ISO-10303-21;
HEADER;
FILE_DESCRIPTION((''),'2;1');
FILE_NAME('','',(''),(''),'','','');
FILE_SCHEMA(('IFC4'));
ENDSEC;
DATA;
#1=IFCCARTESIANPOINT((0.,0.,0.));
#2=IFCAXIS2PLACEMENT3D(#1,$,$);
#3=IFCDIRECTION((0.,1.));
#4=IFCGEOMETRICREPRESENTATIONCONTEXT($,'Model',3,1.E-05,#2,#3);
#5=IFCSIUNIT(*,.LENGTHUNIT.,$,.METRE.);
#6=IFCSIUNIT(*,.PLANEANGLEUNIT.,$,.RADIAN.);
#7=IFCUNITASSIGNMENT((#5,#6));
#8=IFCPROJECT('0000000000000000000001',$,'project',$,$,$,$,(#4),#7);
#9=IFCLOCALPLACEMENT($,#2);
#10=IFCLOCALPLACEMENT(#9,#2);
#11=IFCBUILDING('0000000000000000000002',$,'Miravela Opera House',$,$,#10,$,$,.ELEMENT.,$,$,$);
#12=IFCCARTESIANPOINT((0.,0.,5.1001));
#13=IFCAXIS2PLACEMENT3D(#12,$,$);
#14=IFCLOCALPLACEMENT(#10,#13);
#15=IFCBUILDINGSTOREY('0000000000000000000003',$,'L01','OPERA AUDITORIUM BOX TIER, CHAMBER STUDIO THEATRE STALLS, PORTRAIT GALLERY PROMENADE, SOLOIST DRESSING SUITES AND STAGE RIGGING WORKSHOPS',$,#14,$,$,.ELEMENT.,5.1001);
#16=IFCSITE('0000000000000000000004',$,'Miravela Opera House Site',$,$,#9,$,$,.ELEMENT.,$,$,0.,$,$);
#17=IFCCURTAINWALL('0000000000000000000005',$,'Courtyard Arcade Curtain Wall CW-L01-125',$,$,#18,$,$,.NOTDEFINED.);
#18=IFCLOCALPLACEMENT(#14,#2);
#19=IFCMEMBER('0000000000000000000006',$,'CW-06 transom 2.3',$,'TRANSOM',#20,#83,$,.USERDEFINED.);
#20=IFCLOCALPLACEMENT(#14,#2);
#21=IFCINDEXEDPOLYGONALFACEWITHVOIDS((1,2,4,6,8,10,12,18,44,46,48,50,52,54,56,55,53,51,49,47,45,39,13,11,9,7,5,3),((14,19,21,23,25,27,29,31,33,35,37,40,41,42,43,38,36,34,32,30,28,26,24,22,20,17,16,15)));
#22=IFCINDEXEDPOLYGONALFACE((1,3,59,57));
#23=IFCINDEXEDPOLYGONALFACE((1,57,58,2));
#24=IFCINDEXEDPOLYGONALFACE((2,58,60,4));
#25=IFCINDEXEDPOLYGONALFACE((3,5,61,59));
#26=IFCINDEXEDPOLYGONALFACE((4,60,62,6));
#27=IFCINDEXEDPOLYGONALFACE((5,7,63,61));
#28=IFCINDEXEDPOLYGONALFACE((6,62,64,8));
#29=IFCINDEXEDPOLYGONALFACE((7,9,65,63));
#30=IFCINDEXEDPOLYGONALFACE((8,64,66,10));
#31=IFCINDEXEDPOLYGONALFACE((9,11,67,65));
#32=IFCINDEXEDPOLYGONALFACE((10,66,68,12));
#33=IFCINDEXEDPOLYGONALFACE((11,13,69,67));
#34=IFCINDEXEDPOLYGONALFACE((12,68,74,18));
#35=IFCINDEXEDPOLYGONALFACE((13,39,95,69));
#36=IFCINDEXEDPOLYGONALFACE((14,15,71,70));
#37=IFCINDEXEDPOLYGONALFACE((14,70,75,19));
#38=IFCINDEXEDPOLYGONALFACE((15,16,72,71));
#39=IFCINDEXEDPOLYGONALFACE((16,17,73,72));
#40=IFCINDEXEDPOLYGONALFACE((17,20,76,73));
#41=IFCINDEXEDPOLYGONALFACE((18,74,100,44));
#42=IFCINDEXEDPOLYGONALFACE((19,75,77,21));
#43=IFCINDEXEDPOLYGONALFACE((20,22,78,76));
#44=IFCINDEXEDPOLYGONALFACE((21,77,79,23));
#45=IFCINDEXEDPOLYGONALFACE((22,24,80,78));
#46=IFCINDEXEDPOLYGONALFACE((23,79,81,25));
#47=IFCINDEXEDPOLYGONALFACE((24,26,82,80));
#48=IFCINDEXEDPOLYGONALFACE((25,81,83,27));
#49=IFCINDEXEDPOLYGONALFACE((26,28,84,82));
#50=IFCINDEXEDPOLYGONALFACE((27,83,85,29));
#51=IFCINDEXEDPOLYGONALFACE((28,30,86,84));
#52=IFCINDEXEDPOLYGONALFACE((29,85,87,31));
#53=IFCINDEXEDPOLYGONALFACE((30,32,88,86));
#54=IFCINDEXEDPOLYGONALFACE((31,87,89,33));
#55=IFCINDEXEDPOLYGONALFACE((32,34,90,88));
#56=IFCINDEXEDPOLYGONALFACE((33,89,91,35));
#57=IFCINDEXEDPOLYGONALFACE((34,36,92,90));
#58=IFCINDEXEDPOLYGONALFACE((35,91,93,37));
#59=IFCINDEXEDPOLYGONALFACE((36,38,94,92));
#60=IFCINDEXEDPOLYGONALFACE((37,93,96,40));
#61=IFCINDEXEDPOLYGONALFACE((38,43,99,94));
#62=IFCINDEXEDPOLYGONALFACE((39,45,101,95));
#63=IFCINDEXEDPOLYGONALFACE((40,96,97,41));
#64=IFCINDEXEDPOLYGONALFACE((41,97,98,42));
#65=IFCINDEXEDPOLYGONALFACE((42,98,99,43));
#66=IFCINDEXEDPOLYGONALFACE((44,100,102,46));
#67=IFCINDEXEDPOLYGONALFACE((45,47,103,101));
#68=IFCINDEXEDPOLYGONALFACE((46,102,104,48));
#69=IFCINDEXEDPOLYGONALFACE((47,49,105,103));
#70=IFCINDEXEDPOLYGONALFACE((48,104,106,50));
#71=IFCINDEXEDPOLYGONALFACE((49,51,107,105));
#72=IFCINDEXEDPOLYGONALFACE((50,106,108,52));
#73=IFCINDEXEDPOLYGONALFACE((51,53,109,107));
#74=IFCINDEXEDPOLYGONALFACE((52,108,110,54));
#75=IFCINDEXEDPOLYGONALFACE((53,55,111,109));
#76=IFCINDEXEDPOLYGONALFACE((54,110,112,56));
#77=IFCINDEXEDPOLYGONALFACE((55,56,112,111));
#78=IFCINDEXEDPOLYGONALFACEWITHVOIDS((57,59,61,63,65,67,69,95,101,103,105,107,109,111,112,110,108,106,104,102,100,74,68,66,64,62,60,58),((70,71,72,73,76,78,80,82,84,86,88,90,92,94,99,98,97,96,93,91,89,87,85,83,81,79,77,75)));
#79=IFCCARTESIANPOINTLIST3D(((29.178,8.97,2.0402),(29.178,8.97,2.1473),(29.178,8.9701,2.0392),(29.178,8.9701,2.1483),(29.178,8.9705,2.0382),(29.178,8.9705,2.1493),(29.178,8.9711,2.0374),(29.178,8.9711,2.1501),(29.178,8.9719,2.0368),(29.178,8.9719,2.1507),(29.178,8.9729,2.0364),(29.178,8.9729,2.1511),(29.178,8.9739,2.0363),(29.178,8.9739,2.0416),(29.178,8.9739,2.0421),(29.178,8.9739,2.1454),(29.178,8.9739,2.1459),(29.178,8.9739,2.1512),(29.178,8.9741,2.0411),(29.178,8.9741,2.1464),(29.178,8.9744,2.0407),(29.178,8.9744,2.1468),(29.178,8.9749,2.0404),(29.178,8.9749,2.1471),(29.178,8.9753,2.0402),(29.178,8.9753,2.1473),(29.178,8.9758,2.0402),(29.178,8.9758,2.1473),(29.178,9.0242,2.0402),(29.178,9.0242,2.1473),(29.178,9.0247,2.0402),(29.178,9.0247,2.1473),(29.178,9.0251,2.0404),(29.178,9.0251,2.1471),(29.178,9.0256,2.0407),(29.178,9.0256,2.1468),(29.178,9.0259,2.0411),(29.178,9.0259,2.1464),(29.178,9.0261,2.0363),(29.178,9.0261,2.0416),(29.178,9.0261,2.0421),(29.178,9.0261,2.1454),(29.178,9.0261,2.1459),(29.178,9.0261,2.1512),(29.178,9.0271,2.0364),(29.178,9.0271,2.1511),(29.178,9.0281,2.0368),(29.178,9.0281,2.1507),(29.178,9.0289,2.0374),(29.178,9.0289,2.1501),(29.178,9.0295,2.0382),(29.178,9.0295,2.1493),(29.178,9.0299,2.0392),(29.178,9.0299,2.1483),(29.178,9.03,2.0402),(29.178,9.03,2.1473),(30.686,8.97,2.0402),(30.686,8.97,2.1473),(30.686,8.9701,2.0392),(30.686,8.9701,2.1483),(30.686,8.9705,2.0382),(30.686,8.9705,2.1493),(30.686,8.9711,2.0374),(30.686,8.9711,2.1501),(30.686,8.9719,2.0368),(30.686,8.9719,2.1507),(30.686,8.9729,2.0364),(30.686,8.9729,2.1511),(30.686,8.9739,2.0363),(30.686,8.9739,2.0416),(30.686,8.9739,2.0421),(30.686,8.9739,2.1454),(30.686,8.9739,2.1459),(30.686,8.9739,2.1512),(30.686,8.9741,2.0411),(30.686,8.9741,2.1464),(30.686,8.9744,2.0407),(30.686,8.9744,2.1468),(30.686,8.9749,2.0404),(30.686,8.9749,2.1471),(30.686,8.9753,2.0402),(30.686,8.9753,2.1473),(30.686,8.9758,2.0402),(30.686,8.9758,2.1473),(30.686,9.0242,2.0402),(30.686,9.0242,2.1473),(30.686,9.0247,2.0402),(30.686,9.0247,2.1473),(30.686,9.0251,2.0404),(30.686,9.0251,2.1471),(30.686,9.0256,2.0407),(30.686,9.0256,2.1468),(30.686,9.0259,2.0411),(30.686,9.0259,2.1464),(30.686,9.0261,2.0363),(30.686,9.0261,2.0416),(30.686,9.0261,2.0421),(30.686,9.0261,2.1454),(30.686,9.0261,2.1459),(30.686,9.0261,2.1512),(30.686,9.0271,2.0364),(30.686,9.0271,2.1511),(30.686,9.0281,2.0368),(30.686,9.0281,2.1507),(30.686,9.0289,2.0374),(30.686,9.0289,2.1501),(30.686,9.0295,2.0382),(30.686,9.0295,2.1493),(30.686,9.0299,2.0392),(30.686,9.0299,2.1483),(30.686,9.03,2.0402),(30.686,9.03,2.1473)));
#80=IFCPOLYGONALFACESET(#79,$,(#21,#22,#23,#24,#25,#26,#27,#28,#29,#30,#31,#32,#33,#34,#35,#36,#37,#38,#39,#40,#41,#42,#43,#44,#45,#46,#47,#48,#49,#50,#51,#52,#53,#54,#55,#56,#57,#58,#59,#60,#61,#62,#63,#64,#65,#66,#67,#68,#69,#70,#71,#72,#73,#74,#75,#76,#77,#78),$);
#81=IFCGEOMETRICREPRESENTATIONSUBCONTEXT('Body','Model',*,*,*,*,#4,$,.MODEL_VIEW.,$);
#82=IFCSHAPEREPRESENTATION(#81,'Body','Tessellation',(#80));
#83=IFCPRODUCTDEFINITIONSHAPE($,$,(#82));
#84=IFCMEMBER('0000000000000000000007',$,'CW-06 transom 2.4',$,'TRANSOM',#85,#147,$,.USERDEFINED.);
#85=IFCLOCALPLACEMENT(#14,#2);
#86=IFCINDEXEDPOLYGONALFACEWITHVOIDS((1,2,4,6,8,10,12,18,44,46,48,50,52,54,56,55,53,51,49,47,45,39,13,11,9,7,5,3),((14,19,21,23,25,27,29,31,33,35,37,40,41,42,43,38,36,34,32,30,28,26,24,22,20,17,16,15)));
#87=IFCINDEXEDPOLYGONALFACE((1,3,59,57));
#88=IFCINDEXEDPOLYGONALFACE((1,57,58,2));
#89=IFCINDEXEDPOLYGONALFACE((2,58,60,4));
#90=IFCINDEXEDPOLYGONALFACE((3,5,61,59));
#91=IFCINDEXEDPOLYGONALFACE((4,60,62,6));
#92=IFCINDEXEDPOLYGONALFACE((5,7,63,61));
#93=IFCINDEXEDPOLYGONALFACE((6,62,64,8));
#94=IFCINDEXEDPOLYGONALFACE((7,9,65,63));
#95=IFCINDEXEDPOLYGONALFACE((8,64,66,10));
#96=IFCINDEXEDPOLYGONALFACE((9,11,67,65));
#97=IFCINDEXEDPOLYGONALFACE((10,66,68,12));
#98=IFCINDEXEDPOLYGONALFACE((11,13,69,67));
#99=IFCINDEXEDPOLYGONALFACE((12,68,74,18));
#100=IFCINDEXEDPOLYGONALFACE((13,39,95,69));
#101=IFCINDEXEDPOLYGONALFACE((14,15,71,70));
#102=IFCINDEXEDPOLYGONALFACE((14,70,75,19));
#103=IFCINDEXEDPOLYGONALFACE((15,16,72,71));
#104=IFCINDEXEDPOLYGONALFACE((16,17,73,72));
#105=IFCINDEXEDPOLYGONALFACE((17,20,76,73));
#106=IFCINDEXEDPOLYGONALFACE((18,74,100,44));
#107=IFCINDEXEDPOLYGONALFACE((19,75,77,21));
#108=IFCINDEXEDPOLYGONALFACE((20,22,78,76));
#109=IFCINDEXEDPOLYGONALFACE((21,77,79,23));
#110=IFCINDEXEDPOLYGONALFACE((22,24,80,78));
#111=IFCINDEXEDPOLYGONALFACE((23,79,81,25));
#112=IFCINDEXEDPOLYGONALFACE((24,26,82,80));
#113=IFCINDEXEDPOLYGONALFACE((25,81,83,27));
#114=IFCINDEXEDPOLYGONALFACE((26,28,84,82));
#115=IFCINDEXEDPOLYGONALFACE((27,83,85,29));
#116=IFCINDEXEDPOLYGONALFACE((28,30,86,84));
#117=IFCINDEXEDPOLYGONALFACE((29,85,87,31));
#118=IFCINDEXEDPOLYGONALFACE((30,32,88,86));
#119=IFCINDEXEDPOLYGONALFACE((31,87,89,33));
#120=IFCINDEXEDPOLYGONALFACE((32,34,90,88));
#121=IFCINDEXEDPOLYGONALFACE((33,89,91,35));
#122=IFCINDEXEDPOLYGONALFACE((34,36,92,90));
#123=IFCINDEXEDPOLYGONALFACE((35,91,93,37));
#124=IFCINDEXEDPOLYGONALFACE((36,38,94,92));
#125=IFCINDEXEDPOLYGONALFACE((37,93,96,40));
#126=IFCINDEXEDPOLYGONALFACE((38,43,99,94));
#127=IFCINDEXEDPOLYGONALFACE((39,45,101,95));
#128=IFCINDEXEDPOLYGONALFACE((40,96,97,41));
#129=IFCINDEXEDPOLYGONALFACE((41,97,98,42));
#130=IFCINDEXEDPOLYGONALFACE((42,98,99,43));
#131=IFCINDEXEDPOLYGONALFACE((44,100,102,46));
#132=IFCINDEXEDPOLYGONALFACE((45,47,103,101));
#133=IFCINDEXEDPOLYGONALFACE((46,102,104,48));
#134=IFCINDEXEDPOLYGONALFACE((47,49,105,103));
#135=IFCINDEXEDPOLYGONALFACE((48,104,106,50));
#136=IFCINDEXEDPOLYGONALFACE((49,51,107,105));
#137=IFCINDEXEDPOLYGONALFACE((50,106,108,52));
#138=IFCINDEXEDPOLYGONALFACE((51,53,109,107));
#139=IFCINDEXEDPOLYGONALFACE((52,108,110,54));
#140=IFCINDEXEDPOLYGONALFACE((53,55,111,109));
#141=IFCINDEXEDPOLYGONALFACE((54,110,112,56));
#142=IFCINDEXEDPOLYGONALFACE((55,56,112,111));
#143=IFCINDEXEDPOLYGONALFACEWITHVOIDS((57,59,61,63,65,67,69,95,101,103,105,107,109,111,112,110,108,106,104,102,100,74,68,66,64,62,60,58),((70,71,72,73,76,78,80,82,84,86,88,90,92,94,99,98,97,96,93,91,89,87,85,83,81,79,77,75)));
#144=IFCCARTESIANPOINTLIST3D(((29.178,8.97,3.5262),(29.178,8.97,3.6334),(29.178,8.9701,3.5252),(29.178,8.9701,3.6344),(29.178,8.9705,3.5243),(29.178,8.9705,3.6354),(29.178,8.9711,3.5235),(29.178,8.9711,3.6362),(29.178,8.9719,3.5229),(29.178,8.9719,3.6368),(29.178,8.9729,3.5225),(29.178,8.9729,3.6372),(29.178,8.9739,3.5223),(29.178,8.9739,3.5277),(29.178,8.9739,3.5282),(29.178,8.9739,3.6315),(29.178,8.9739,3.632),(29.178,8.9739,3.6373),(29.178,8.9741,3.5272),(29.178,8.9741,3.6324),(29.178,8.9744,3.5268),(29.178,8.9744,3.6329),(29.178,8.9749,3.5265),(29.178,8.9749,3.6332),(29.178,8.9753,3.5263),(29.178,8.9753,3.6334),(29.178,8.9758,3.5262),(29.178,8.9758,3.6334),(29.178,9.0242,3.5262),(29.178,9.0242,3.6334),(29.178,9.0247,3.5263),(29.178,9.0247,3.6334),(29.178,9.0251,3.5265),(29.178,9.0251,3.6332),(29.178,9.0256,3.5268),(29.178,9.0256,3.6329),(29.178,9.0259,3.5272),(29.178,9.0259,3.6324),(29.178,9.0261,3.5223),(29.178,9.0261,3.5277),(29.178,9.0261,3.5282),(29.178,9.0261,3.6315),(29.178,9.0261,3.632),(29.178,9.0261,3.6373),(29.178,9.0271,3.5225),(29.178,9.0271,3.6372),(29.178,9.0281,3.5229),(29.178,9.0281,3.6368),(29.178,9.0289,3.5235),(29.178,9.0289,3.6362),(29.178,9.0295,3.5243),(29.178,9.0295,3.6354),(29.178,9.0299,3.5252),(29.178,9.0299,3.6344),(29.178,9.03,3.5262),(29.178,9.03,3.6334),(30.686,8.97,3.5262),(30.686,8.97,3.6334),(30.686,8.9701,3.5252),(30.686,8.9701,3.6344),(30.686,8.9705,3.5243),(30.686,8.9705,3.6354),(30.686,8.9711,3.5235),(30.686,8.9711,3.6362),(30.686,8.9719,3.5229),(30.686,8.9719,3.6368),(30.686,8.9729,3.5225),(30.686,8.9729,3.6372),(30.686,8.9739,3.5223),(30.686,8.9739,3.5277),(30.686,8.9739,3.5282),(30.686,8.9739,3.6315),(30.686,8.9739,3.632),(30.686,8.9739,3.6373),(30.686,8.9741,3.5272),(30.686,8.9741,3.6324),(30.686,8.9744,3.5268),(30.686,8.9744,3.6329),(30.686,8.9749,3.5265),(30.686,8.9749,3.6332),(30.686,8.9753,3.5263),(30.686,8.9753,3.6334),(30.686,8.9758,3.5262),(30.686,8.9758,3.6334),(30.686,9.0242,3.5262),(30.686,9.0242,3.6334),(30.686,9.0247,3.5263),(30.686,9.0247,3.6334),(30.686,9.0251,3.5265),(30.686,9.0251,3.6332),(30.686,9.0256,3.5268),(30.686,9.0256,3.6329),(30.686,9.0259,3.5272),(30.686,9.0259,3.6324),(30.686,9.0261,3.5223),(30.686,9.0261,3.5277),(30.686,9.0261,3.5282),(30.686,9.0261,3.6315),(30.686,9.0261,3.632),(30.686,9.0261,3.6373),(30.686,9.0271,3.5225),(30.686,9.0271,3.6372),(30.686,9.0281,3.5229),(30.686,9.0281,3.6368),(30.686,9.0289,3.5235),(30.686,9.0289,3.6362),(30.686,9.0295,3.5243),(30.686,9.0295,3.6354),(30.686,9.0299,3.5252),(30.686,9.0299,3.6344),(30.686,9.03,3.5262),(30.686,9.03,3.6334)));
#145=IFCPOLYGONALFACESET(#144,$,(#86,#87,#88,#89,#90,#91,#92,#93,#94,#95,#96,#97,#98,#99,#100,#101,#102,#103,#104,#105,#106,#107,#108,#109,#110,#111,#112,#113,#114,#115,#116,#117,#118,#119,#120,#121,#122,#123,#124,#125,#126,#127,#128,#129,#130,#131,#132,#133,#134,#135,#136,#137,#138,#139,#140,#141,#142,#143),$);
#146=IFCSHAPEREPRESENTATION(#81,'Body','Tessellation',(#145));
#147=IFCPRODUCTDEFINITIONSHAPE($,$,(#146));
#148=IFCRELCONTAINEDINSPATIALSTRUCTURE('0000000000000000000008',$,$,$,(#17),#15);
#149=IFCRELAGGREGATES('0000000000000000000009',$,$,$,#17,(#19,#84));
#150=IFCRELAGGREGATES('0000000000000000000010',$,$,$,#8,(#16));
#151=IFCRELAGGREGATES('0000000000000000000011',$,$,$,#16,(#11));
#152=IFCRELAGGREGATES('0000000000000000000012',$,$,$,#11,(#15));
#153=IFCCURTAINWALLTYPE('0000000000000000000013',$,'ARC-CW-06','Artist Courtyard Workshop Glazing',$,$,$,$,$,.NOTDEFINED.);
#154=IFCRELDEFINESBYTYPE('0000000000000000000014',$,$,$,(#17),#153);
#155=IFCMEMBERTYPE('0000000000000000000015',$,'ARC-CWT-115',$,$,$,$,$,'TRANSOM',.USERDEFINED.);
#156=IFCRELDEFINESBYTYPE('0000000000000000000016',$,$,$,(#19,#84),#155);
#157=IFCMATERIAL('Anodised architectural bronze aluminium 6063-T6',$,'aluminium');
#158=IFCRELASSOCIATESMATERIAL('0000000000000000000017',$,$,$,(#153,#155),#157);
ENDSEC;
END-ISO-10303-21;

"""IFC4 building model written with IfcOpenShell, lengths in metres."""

from ifc_helpers import new_model, si_unit, direction, frame, origin, origin_2d, place, context, subcontext, project, spatial, hollow_rectangle, extrude, material, material_profile, profile_set, type_object, element, aggregate, save


model = new_model("IFC4")

# Units and contexts
model_context = context("Model", 3, precision=1e-05, world=origin(), true_north=direction((0.0, 1.0)))
body_context = subcontext(model_context, "Body", "Model", "MODEL_VIEW")
ifc_project = project(units=[si_unit("LENGTHUNIT", "METRE"), si_unit("PLANEANGLEUNIT", "RADIAN")], contexts=[model_context])

# Site, building, storey
site_placement = place(None, origin())
site = spatial("IfcSite", under=ifc_project, at=site_placement, Name="Miravela Opera House Site", CompositionType="ELEMENT", RefElevation=0.0)
building_placement = place(site_placement, origin())
building = spatial("IfcBuilding", under=site, at=building_placement, Name="Miravela Opera House", CompositionType="ELEMENT")
storey_placement = place(building_placement, frame((0.0, 0.0, 5.1001)))
storey = spatial("IfcBuildingStorey", under=building, at=storey_placement, Name="L01", Description="OPERA AUDITORIUM BOX TIER, CHAMBER STUDIO THEATRE STALLS, PORTRAIT GALLERY PROMENADE, SOLOIST DRESSING SUITES AND STAGE RIGGING WORKSHOPS", CompositionType="ELEMENT", Elevation=5.1001)

# Curtain wall, members
ifc_material_1 = material(Name="Anodised architectural bronze aluminium 6063-T6", Category="aluminium")
curtain_wall_type = type_object("IfcCurtainWallType", Name="ARC-CW-06", Description="Artist Courtyard Workshop Glazing", PredefinedType="NOTDEFINED", material=ifc_material_1)
curtain_wall_placement = place(storey_placement, origin())
curtain_wall = element("IfcCurtainWall", 1, at=curtain_wall_placement, inside=storey, type_object=curtain_wall_type, Name="Courtyard Arcade Curtain Wall CW-L01-125", PredefinedType="NOTDEFINED")
ifc_material_profile_1 = material_profile(ifc_material_1, hollow_rectangle(XDim=0.0601, YDim=0.115, WallThickness=0.0039, InnerFilletRadius=0.002, OuterFilletRadius=0.0039, at=origin_2d()), Name="CWT-60X115")
ifc_profile_set_1 = profile_set([ifc_material_profile_1])
member_type_1 = type_object("IfcMemberType", Name="ARC-CWT-115", ElementType="TRANSOM", PredefinedType="USERDEFINED", material=ifc_profile_set_1)
member_1_placement = place(storey_placement, frame((29.178, 9.0, 2.0938), z_axis=(1.0, 0.0, 0.0), x_axis=(0.0, 1.0, 0.0)))
member_1 = element("IfcMember", 2, at=member_1_placement, type_object=member_type_1, Name="CW-06 transom 2.3", ObjectType="TRANSOM", PredefinedType="USERDEFINED", context=body_context, shape_type="SweptSolid", body=[
    extrude(hollow_rectangle(XDim=0.0601, YDim=0.115, WallThickness=0.0039, InnerFilletRadius=0.002, OuterFilletRadius=0.0039, at=origin_2d()), origin(), (0.0, 0.0, 1.0), 1.5081),
])
member_2_placement = place(storey_placement, frame((29.178, 9.0, 3.5798), z_axis=(1.0, 0.0, 0.0), x_axis=(0.0, 1.0, 0.0)))
member_2 = element("IfcMember", 3, at=member_2_placement, type_object=member_type_1, Name="CW-06 transom 2.4", ObjectType="TRANSOM", PredefinedType="USERDEFINED", context=body_context, shape_type="SweptSolid", body=[
    extrude(hollow_rectangle(XDim=0.0601, YDim=0.115, WallThickness=0.0039, InnerFilletRadius=0.002, OuterFilletRadius=0.0039, at=origin_2d()), origin(), (0.0, 0.0, 1.0), 1.5081),
])

aggregate(curtain_wall, [member_1, member_2])

save(model, "model.ifc")
